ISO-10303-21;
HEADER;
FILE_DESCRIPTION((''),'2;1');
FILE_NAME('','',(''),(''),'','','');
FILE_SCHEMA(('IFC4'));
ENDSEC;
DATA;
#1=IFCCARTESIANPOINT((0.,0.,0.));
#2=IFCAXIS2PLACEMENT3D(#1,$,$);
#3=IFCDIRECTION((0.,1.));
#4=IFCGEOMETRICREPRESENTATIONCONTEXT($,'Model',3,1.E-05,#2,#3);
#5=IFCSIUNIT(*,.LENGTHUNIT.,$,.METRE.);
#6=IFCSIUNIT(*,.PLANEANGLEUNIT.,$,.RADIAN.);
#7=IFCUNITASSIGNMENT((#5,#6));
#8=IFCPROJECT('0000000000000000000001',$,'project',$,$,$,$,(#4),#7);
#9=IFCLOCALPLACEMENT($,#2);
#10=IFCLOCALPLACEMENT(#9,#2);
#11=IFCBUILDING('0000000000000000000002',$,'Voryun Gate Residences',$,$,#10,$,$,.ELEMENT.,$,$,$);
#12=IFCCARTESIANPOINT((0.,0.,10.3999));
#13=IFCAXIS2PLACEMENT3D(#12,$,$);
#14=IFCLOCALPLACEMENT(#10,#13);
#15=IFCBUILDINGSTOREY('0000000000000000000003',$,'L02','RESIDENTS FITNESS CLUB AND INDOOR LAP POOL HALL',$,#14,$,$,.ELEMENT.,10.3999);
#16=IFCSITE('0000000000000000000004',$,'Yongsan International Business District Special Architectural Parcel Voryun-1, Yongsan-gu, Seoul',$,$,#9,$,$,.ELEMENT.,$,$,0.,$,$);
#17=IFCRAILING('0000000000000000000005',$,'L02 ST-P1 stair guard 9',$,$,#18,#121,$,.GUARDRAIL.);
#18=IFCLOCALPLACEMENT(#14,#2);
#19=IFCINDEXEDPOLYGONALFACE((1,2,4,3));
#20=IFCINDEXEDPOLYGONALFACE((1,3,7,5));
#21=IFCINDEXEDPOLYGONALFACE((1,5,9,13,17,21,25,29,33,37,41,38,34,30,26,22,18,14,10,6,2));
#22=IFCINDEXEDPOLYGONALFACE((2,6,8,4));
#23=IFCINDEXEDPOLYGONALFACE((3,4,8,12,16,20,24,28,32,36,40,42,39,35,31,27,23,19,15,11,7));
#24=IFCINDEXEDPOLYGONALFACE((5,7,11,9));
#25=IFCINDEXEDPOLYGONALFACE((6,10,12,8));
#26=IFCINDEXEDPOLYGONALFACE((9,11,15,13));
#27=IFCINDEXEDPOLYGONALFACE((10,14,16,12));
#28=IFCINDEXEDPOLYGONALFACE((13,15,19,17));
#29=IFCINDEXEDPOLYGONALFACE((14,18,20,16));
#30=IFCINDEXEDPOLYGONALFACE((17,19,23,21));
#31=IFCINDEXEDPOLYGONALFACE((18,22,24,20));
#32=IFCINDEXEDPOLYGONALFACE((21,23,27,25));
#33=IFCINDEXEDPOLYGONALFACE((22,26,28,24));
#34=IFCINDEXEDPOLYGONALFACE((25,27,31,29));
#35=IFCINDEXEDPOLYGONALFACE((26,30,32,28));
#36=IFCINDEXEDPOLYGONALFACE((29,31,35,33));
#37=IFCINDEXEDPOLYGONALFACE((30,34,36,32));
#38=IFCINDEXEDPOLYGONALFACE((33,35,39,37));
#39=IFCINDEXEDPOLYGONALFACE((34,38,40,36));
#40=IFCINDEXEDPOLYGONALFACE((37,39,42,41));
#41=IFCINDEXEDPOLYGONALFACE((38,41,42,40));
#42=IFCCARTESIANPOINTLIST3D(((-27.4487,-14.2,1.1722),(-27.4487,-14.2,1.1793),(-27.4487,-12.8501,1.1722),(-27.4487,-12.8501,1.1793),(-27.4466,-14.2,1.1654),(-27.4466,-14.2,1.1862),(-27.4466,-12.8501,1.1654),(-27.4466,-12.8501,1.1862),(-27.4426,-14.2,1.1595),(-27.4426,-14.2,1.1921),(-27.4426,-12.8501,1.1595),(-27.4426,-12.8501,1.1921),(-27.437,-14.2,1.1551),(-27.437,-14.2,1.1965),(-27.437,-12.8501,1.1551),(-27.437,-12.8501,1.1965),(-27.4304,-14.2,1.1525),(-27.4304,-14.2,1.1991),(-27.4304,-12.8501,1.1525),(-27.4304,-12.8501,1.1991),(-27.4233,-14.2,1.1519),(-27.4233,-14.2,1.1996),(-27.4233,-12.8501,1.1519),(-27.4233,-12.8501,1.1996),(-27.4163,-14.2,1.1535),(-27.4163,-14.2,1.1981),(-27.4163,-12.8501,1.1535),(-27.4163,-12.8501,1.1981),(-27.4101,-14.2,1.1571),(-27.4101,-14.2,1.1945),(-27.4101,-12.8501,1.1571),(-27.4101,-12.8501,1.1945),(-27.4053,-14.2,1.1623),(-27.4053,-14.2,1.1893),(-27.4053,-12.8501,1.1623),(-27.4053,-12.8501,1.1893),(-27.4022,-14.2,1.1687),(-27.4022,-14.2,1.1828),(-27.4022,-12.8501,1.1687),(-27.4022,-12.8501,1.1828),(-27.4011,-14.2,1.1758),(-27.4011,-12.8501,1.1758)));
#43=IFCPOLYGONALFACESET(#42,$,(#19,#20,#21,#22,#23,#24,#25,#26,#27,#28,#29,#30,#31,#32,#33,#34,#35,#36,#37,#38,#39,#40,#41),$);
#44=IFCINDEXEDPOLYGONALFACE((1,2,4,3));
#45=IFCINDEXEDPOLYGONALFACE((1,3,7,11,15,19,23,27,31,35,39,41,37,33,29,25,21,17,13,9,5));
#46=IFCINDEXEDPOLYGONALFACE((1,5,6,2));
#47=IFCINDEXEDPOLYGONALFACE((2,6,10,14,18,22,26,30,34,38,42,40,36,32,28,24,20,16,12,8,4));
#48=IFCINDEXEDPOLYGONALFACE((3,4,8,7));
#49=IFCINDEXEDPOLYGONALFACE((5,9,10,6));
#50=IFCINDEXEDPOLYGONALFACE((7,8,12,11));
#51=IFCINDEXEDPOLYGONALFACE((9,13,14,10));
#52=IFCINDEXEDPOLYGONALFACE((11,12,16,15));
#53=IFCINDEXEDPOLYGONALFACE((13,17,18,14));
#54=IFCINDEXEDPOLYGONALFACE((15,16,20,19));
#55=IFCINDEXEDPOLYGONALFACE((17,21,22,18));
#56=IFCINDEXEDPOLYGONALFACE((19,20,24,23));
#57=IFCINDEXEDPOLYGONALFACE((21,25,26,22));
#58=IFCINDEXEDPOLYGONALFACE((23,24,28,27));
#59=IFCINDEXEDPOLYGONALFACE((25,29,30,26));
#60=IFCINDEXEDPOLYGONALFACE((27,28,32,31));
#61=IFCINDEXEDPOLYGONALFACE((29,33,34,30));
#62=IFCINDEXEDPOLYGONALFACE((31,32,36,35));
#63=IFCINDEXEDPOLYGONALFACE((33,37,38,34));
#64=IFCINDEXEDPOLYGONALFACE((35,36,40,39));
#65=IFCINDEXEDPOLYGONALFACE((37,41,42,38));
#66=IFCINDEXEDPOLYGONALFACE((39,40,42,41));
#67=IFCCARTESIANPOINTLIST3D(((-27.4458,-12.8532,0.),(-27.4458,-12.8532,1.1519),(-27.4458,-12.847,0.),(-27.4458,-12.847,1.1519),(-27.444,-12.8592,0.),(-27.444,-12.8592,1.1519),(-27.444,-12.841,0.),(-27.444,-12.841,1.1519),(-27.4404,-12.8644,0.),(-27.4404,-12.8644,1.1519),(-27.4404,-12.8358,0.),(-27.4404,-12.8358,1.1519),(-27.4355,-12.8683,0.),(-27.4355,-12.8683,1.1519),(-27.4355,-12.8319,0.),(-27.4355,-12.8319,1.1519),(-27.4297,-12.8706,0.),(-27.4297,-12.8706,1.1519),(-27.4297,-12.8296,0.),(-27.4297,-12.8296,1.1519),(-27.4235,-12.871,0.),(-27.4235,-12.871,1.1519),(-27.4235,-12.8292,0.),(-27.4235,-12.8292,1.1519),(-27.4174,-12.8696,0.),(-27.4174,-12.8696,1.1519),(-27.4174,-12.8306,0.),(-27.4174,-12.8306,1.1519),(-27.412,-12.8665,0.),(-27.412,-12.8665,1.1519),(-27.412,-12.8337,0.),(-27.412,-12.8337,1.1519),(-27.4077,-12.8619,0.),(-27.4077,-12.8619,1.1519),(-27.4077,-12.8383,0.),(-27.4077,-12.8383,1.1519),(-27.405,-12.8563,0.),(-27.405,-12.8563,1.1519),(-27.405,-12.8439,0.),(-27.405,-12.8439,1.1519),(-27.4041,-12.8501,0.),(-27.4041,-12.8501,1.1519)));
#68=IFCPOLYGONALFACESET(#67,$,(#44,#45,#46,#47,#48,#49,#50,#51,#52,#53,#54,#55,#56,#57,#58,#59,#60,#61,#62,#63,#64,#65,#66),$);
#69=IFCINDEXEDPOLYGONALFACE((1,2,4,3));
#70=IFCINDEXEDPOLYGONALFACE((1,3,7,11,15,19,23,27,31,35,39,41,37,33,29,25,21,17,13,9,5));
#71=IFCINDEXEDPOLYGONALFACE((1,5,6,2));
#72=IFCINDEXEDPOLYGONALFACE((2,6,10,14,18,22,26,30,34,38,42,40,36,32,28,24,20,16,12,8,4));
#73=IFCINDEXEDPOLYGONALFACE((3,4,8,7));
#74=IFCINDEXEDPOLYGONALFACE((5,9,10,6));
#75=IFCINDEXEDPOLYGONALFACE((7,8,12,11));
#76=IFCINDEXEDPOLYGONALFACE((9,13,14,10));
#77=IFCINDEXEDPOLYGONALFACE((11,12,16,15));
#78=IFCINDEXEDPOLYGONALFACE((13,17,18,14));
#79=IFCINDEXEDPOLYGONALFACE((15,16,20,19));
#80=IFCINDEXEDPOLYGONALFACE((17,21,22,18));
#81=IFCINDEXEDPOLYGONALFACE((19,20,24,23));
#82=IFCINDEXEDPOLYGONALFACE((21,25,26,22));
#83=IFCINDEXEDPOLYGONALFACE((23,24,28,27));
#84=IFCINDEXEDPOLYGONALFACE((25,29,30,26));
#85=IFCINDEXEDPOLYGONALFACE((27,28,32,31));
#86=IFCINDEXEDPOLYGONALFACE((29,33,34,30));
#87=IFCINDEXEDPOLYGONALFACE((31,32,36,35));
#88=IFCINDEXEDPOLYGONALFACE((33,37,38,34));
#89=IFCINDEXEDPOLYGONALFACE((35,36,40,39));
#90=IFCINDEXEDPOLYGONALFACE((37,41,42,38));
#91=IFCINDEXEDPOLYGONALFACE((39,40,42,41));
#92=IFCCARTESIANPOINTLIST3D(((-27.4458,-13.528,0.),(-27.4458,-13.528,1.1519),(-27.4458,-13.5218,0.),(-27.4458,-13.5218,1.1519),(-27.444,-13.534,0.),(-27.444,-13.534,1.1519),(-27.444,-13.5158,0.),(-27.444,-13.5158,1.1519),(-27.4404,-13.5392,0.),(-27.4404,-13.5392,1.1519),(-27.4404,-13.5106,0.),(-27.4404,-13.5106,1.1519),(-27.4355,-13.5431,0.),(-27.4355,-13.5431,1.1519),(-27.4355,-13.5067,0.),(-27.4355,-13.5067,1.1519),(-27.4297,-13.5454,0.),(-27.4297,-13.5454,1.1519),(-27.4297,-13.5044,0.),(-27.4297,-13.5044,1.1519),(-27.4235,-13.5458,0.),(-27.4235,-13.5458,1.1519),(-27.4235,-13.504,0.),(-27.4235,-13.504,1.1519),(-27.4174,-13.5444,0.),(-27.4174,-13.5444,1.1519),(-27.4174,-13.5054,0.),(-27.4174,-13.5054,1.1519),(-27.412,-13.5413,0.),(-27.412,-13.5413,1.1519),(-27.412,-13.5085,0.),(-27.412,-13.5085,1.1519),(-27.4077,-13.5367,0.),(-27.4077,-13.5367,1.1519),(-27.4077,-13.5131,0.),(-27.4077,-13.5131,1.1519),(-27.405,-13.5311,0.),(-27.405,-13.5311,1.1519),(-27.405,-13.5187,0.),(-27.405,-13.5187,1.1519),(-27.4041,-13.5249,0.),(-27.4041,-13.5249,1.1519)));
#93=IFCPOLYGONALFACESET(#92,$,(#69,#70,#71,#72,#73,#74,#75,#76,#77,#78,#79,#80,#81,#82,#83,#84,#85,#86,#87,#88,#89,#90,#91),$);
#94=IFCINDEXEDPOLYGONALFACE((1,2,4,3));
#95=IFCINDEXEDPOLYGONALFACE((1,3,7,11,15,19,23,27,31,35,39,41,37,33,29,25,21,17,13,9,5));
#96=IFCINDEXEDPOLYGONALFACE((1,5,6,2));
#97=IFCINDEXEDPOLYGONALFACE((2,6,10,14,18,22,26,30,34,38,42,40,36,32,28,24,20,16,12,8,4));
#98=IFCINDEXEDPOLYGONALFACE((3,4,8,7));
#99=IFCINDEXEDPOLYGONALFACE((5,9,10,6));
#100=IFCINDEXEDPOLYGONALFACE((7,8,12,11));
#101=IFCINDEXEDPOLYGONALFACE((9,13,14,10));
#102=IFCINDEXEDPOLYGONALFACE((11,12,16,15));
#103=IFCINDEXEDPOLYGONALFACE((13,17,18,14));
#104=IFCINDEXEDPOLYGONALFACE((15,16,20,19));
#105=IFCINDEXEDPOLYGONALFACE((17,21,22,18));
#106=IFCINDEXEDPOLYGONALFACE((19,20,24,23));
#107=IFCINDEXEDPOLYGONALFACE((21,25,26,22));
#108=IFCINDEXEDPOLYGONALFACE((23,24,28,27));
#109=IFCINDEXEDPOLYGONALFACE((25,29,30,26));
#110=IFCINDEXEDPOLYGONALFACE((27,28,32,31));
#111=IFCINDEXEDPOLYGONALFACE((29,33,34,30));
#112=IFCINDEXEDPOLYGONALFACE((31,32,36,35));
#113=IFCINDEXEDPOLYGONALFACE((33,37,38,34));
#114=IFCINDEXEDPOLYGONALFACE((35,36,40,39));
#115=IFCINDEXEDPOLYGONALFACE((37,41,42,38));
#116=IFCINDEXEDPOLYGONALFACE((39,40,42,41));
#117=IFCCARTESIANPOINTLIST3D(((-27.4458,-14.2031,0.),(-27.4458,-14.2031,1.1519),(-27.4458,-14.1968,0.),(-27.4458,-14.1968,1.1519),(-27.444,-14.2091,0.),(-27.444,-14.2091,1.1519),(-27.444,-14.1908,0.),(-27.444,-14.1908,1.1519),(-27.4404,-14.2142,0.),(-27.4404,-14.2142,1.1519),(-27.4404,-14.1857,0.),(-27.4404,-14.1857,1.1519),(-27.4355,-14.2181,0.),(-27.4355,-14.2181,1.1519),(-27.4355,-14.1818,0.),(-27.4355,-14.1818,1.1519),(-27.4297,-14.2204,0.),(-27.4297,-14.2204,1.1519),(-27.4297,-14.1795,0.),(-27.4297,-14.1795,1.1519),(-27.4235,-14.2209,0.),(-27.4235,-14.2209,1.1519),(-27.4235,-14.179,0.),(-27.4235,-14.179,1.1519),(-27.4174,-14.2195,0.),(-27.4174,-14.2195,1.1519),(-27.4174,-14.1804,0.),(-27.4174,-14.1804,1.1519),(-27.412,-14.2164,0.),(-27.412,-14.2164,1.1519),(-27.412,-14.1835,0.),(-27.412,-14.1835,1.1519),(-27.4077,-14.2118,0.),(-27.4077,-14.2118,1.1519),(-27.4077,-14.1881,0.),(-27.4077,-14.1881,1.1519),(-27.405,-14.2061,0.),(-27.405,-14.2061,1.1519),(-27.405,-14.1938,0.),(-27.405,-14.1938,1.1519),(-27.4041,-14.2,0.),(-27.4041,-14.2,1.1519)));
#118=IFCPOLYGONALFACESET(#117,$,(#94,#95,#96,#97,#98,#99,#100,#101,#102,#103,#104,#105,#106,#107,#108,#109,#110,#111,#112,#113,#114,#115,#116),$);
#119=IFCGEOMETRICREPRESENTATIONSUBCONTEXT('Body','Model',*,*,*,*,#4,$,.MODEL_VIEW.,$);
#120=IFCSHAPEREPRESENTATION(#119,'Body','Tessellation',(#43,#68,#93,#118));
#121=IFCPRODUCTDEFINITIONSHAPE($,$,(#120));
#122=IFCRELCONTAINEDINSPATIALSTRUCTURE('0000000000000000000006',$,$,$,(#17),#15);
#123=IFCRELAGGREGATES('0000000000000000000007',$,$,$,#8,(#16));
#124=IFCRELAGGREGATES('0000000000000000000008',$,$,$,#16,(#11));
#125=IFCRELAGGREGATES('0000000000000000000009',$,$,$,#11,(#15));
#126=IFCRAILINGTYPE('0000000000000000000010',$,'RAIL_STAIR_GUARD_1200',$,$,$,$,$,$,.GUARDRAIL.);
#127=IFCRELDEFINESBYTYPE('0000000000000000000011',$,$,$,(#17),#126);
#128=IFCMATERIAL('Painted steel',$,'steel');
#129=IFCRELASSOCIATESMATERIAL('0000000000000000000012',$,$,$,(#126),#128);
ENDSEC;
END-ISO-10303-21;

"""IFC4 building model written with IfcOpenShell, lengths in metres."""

from ifc_helpers import new_model, si_unit, direction, frame, origin, origin_2d, place, context, subcontext, project, spatial, circle, extrude, material, type_object, element, save


model = new_model("IFC4")

# Units and contexts
model_context = context("Model", 3, precision=1e-05, world=origin(), true_north=direction((0.0, 1.0)))
body_context = subcontext(model_context, "Body", "Model", "MODEL_VIEW")
ifc_project = project(units=[si_unit("LENGTHUNIT", "METRE"), si_unit("PLANEANGLEUNIT", "RADIAN")], contexts=[model_context])

# Site, building, storey
site_placement = place(None, origin())
site = spatial("IfcSite", under=ifc_project, at=site_placement, Name="Yongsan International Business District Special Architectural Parcel Voryun-1, Yongsan-gu, Seoul", CompositionType="ELEMENT", RefElevation=0.0)
building_placement = place(site_placement, origin())
building = spatial("IfcBuilding", under=site, at=building_placement, Name="Voryun Gate Residences", CompositionType="ELEMENT")
storey_placement = place(building_placement, frame((0.0, 0.0, 10.3999)))
storey = spatial("IfcBuildingStorey", under=building, at=storey_placement, Name="L02", Description="RESIDENTS FITNESS CLUB AND INDOOR LAP POOL HALL", CompositionType="ELEMENT", Elevation=10.3999)

# Railing
ifc_material_1 = material(Name="Painted steel", Category="steel")
railing_type = type_object("IfcRailingType", Name="RAIL_STAIR_GUARD_1200", PredefinedType="GUARDRAIL", material=ifc_material_1)
for number, where, name in (
    (1, (-27.425, -12.8501, 0.0), "L02 ST-P1 stair guard 9"),
):
    element("IfcRailing", number, at=place(storey_placement, frame(where)), inside=storey, type_object=railing_type, Name=name, PredefinedType="GUARDRAIL", context=body_context, shape_type="SweptSolid", body=[
        extrude(circle(Radius=0.0239, at=origin_2d()), frame((0.0, 0.0, 1.1758), z_axis=(0.0, -1.0, 0.0), x_axis=(1.0, 0.0, 0.0)), (0.0, 0.0, 1.0), 1.3499),
        extrude(circle(Radius=0.021, at=origin_2d()), origin(), (0.0, 0.0, 1.0), 1.1519),
        extrude(circle(Radius=0.021, at=origin_2d()), frame((0.0, -0.6748, 0.0)), (0.0, 0.0, 1.0), 1.1519),
        extrude(circle(Radius=0.021, at=origin_2d()), frame((0.0, -1.3499, 0.0)), (0.0, 0.0, 1.0), 1.1519),
    ])

save(model, "model.ifc")
